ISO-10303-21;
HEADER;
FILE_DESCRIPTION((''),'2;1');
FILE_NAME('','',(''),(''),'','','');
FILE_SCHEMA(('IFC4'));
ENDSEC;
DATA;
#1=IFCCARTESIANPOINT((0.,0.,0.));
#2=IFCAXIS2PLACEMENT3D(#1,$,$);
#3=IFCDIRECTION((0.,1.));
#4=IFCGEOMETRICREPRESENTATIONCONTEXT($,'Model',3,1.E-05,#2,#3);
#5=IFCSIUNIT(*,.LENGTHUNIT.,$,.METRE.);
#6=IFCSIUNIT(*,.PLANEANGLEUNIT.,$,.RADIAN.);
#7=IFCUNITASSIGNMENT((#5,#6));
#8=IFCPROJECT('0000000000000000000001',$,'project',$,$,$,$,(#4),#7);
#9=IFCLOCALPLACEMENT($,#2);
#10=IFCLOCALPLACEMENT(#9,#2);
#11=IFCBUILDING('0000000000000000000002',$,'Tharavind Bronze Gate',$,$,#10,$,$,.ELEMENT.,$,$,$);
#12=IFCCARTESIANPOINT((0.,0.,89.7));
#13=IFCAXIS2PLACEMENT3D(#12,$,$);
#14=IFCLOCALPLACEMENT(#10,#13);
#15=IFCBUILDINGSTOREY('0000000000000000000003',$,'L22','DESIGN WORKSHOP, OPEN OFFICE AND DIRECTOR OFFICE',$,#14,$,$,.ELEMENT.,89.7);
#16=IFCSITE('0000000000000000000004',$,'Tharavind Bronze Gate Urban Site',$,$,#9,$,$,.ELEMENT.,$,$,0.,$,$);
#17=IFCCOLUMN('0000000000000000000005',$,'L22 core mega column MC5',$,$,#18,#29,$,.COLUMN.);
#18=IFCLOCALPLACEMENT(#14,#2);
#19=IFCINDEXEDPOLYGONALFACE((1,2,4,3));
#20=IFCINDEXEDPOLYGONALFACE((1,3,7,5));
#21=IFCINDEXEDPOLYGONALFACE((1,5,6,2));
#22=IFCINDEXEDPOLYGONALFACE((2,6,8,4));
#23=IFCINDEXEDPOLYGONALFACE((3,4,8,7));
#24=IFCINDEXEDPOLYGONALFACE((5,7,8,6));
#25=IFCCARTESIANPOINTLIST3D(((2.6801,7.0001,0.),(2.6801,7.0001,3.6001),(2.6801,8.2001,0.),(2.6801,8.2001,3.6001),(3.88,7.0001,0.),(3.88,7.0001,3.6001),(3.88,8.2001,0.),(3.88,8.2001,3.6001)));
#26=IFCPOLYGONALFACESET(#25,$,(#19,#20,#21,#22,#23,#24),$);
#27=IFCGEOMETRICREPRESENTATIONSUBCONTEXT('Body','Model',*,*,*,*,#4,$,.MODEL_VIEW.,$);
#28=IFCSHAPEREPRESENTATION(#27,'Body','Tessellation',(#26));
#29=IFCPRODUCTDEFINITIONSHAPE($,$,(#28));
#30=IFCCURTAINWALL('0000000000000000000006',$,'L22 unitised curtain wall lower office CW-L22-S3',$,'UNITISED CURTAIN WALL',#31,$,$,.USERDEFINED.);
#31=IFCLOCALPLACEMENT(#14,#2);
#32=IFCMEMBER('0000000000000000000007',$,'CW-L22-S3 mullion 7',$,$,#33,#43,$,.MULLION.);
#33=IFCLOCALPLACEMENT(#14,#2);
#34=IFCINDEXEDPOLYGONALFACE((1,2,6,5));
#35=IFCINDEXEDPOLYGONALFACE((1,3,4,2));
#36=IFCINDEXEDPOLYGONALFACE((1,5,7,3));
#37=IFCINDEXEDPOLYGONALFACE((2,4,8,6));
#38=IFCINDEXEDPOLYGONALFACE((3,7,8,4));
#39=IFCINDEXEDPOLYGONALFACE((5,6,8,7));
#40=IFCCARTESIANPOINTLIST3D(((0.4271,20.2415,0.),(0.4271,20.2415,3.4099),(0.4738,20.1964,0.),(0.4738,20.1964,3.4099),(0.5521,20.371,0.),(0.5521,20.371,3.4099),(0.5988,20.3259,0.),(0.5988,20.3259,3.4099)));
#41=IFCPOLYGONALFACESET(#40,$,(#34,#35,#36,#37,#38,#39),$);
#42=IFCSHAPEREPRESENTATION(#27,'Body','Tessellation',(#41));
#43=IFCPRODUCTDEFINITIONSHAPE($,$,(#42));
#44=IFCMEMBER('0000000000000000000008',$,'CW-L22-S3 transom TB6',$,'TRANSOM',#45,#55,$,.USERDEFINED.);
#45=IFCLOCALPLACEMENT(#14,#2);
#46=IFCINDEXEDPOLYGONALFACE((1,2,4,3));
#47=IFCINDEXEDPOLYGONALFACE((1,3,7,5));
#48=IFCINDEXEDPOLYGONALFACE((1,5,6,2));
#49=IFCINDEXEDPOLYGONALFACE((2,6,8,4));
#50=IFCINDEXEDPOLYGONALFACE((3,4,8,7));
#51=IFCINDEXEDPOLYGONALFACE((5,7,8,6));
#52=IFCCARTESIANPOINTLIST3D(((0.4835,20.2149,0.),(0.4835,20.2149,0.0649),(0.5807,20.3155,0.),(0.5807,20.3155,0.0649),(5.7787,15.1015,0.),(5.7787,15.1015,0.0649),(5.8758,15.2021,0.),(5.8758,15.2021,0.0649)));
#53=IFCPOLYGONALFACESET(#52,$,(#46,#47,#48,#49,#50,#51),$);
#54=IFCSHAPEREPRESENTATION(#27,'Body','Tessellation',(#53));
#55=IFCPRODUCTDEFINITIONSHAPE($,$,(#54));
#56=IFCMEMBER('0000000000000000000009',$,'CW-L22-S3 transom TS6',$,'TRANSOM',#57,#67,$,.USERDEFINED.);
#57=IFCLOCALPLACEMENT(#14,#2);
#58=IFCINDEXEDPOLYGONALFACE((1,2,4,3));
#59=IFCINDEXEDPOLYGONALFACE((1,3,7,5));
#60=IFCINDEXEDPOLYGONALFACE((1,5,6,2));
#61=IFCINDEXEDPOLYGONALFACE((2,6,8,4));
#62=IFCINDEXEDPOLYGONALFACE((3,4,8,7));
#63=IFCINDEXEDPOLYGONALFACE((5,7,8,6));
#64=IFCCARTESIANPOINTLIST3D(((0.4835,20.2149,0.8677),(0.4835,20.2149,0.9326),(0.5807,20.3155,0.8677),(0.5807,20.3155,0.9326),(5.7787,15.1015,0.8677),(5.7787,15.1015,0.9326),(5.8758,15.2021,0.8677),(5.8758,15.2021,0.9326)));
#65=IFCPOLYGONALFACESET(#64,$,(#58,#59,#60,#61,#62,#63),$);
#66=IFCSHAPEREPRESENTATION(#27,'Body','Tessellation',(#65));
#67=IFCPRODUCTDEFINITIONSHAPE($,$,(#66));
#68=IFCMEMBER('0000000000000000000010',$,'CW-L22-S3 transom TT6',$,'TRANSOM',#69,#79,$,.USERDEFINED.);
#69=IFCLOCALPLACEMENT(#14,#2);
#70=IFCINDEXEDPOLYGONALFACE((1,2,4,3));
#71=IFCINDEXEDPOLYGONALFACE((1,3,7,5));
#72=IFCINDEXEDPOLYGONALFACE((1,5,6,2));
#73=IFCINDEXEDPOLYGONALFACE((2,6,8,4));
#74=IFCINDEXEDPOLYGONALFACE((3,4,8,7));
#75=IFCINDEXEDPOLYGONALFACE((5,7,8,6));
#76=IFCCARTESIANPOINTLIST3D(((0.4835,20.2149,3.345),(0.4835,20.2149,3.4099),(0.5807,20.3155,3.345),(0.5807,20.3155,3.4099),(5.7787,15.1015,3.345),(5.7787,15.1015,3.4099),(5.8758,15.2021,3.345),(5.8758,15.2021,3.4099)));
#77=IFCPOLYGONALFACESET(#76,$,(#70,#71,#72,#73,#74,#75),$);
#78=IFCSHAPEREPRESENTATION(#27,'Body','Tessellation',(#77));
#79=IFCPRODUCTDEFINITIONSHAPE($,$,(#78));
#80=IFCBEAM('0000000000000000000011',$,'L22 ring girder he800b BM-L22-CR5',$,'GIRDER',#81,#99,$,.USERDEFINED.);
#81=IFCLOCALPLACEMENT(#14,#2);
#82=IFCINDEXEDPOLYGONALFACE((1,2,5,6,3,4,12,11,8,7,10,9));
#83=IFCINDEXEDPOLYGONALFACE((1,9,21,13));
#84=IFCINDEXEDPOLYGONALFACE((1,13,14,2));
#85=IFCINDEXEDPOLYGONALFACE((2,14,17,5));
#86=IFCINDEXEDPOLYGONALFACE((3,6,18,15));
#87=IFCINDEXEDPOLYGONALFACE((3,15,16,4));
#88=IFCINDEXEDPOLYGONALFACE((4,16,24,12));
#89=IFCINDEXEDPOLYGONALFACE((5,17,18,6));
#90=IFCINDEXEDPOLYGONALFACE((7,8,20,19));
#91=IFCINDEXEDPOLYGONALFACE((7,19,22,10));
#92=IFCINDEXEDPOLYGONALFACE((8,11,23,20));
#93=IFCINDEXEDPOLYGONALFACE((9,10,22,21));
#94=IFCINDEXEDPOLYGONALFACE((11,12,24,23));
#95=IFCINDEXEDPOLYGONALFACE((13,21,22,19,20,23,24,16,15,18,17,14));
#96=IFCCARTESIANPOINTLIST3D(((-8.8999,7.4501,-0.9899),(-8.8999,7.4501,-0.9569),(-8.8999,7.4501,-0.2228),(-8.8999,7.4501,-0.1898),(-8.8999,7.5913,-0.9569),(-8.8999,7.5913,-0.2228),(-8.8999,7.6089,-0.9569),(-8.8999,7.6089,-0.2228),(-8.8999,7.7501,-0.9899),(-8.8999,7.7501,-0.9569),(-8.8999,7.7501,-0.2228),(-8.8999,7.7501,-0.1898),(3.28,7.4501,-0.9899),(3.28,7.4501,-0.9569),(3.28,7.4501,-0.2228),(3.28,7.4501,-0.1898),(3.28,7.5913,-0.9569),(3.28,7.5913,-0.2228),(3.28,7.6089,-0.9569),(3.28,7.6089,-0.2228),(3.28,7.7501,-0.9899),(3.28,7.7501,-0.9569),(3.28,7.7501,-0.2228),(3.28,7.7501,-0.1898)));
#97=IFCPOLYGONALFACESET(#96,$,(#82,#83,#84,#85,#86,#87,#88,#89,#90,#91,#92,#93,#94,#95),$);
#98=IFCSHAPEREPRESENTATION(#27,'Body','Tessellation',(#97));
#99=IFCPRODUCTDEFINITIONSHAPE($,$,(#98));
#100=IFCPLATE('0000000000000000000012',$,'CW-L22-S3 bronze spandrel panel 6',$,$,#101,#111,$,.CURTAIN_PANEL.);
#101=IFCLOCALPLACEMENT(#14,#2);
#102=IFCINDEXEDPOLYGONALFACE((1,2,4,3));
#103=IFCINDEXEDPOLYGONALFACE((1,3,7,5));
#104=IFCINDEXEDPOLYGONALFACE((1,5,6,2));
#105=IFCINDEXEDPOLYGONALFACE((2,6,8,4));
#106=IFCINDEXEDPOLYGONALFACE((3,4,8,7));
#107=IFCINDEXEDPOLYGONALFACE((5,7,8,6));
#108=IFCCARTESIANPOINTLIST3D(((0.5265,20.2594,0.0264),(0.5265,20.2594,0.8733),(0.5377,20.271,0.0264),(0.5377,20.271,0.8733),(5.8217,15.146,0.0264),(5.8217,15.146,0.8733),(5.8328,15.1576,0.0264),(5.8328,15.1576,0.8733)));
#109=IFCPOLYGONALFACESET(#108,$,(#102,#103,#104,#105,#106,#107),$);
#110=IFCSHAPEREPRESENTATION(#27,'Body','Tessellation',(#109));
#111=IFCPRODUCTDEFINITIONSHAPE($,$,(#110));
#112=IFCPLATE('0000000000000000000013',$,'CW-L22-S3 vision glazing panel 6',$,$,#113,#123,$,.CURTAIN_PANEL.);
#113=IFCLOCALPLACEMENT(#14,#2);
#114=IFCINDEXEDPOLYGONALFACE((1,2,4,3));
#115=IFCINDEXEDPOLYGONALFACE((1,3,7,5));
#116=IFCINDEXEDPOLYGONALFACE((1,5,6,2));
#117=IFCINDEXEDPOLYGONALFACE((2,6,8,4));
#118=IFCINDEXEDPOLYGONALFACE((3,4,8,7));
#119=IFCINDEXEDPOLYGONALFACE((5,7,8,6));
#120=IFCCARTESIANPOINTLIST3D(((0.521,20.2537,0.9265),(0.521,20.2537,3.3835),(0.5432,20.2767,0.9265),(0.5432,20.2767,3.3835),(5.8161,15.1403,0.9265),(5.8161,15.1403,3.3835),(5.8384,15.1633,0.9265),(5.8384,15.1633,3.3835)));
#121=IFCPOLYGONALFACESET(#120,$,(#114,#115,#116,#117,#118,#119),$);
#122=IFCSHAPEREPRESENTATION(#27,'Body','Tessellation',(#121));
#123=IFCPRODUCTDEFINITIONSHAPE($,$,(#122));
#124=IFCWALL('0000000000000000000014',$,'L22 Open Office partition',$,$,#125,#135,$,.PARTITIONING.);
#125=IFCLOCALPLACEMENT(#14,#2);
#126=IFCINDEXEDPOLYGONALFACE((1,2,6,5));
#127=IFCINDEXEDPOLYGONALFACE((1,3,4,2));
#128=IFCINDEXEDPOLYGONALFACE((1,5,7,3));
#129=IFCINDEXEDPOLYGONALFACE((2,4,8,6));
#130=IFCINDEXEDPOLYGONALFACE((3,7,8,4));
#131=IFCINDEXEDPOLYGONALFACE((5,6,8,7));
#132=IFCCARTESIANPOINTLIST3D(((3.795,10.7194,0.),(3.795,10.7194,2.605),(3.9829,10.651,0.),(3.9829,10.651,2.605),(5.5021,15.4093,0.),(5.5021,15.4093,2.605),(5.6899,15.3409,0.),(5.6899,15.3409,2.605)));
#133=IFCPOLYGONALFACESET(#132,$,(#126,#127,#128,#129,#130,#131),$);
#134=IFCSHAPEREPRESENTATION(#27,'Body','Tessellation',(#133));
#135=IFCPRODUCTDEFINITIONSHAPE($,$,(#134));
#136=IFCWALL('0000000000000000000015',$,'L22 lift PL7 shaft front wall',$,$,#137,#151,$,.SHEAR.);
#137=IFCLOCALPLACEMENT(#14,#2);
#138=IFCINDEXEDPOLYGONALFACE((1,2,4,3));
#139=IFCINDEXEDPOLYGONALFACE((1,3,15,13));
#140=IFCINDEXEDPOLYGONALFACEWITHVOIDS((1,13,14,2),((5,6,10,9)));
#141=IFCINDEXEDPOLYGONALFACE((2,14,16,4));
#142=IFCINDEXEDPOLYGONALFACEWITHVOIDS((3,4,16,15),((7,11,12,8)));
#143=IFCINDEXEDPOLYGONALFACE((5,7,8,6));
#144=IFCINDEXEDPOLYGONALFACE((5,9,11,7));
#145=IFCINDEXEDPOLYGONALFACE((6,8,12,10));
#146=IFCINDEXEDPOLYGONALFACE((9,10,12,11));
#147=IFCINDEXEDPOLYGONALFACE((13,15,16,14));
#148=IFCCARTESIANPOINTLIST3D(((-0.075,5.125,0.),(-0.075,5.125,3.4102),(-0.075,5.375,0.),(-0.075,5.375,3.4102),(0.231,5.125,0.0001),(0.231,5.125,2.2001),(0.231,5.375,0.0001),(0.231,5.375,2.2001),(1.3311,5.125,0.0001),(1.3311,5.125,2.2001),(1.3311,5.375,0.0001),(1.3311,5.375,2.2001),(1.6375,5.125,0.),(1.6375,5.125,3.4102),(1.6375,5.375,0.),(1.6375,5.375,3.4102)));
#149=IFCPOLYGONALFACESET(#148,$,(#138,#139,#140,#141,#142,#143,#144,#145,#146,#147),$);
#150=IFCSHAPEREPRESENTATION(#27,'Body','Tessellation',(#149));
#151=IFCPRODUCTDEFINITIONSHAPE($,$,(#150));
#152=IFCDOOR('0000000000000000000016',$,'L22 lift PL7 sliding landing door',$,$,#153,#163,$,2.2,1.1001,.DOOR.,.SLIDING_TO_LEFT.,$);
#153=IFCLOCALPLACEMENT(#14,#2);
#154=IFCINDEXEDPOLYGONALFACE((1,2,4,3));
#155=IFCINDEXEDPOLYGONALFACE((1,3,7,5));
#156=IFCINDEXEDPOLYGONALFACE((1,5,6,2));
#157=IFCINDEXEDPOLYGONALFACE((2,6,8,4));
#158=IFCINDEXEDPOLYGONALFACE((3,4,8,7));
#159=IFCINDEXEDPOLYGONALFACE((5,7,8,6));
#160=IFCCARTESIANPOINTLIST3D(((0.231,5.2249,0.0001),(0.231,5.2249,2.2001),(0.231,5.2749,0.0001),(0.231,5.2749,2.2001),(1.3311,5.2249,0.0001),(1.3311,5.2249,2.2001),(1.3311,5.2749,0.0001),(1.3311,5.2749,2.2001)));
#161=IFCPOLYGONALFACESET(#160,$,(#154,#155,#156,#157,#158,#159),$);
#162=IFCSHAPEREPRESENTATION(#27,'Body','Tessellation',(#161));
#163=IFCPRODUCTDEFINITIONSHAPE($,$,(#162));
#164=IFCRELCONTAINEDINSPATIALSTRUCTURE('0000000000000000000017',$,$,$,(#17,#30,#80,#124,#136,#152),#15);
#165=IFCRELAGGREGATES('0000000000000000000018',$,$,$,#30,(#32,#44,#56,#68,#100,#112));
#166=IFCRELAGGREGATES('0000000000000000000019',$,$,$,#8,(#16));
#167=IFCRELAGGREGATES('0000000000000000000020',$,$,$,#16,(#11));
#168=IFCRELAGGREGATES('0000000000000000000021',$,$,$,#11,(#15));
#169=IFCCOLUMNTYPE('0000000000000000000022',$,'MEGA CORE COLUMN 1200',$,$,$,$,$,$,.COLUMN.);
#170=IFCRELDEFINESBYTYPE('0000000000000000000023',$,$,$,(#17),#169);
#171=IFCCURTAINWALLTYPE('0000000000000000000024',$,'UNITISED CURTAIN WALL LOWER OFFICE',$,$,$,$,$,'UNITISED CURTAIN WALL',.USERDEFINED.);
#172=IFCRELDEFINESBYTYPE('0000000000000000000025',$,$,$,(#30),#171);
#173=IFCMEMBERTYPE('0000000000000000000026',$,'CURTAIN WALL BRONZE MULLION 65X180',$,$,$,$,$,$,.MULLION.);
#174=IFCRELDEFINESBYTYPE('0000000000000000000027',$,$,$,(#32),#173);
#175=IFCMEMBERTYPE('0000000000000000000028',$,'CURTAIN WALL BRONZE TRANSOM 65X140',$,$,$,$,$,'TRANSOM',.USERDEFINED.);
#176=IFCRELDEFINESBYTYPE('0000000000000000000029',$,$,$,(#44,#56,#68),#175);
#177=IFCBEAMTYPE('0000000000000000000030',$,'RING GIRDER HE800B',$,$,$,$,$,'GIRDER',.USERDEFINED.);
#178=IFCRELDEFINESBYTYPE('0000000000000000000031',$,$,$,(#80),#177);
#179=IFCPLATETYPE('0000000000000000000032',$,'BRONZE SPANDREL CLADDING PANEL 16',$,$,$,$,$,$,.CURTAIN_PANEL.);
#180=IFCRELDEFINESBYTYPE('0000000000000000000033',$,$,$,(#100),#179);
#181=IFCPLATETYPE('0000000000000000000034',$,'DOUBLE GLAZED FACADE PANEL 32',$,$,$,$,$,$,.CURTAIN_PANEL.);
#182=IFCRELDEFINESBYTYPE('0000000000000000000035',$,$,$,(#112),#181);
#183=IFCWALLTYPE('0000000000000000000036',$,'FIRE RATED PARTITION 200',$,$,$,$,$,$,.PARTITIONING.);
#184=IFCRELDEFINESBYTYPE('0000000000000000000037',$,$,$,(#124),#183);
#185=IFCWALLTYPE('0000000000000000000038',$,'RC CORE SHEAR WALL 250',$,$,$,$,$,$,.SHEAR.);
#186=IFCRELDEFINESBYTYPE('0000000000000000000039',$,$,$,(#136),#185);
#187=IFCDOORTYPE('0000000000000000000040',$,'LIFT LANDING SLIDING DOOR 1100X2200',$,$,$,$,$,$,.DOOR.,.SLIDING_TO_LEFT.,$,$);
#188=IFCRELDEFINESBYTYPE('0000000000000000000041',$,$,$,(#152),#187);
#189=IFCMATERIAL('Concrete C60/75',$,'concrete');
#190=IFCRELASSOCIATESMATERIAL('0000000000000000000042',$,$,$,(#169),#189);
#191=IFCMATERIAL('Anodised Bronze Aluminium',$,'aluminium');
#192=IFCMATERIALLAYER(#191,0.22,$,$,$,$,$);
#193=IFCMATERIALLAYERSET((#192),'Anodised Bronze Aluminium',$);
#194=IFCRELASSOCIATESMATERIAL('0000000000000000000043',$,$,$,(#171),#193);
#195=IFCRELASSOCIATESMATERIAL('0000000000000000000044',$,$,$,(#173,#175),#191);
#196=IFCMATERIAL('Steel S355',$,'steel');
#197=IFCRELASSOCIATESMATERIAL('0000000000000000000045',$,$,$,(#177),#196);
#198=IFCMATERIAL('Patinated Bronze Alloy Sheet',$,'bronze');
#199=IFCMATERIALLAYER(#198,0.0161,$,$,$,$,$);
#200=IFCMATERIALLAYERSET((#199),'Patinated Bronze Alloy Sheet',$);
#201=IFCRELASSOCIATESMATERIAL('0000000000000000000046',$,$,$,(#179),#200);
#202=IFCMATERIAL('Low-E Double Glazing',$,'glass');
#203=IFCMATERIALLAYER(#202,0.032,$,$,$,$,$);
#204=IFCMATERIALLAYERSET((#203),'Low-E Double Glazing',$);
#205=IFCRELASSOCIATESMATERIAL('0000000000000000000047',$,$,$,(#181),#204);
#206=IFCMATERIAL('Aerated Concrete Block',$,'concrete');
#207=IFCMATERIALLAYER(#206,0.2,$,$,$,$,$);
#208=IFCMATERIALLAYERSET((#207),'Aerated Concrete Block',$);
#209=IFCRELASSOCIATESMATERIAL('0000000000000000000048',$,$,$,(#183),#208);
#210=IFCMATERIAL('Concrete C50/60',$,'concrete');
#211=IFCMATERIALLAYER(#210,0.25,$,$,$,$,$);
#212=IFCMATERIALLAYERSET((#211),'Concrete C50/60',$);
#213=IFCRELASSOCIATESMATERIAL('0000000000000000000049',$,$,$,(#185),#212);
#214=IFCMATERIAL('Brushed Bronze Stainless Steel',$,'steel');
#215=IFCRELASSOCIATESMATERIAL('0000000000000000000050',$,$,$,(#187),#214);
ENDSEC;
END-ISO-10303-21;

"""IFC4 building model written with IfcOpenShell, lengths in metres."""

from ifc_helpers import new_model, si_unit, direction, frame, frame_2d, origin, origin_2d, place, context, subcontext, project, spatial, rectangle, i_section, extrude, material, layer, layer_set, material_profile, profile_set, type_object, element, fill, aggregate, save


model = new_model("IFC4")

# Units and contexts
model_context = context("Model", 3, precision=1e-05, world=origin(), true_north=direction((0.0, 1.0)))
body_context = subcontext(model_context, "Body", "Model", "MODEL_VIEW")
ifc_project = project(units=[si_unit("LENGTHUNIT", "METRE"), si_unit("PLANEANGLEUNIT", "RADIAN")], contexts=[model_context])

# Site, building, storey
site_placement = place(None, origin())
site = spatial("IfcSite", under=ifc_project, at=site_placement, Name="Tharavind Bronze Gate Urban Site", CompositionType="ELEMENT", RefElevation=0.0)
building_placement = place(site_placement, origin())
building = spatial("IfcBuilding", under=site, at=building_placement, Name="Tharavind Bronze Gate", CompositionType="ELEMENT")
storey_placement = place(building_placement, frame((0.0, 0.0, 89.7)))
storey = spatial("IfcBuildingStorey", under=building, at=storey_placement, Name="L22", Description="DESIGN WORKSHOP, OPEN OFFICE AND DIRECTOR OFFICE", CompositionType="ELEMENT", Elevation=89.7)

# Column
ifc_material_1 = material(Name="Concrete C60/75", Category="concrete")
ifc_material_profile_1 = material_profile(ifc_material_1, rectangle(XDim=1.2, YDim=1.2, at=origin_2d()), Name="RCCOL1200")
ifc_profile_set_1 = profile_set([ifc_material_profile_1], Name="Concrete C60/75")
column_type = type_object("IfcColumnType", Name="MEGA CORE COLUMN 1200", PredefinedType="COLUMN", material=ifc_profile_set_1)
column_placement = place(storey_placement, frame((3.28, 7.6001, 0.0), z_axis=(0.0, 0.0, 1.0), x_axis=(1.0, 0.0, 0.0)))
element("IfcColumn", 1, at=column_placement, inside=storey, type_object=column_type, Name="L22 core mega column MC5", PredefinedType="COLUMN", context=body_context, shape_type="SweptSolid", body=[
    extrude(rectangle(XDim=1.2, YDim=1.2, at=origin_2d()), origin(), (0.0, 0.0, 1.0), 3.6001),
])

# Curtain wall, members
ifc_material_2 = material(Name="Anodised Bronze Aluminium", Category="aluminium")
ifc_layer_1 = layer(ifc_material_2, 0.22)
ifc_layer_set_1 = layer_set([ifc_layer_1], Name="Anodised Bronze Aluminium")
curtain_wall_type = type_object("IfcCurtainWallType", Name="UNITISED CURTAIN WALL LOWER OFFICE", ElementType="UNITISED CURTAIN WALL", PredefinedType="USERDEFINED", material=ifc_layer_set_1)
curtain_wall_placement = place(storey_placement, origin())
curtain_wall = element("IfcCurtainWall", 2, at=curtain_wall_placement, inside=storey, type_object=curtain_wall_type, Name="L22 unitised curtain wall lower office CW-L22-S3", ObjectType="UNITISED CURTAIN WALL", PredefinedType="USERDEFINED")
member_type_1 = type_object("IfcMemberType", Name="CURTAIN WALL BRONZE MULLION 65X180", PredefinedType="MULLION", material=ifc_material_2)
member_1_placement = place(storey_placement, frame((0.5129, 20.2837, 0.0), z_axis=(0.0, 0.0, 1.0), x_axis=(-0.719341, 0.694657, 0.0)))
member_1 = element("IfcMember", 3, at=member_1_placement, type_object=member_type_1, Name="CW-L22-S3 mullion 7", PredefinedType="MULLION", context=body_context, shape_type="SweptSolid", body=[
    extrude(rectangle(XDim=0.0649, YDim=0.1799, at=origin_2d()), origin(), (0.0, 0.0, 1.0), 3.4099),
])
member_type_2 = type_object("IfcMemberType", Name="CURTAIN WALL BRONZE TRANSOM 65X140", ElementType="TRANSOM", PredefinedType="USERDEFINED", material=ifc_material_2)
member_2_placement = place(storey_placement, frame((3.1797, 17.7085, 0.0), z_axis=(0.0, 0.0, 1.0), x_axis=(-0.719341, 0.694657, 0.0)))
member_2 = element("IfcMember", 4, at=member_2_placement, type_object=member_type_2, Name="CW-L22-S3 transom TB6", ObjectType="TRANSOM", PredefinedType="USERDEFINED", context=body_context, shape_type="SweptSolid", body=[
    extrude(rectangle(XDim=7.3611, YDim=0.1399, at=origin_2d()), origin(), (0.0, 0.0, 1.0), 0.0649),
])
member_3_placement = place(storey_placement, frame((3.1797, 17.7085, 0.8677), z_axis=(0.0, 0.0, 1.0), x_axis=(-0.719341, 0.694657, 0.0)))
member_3 = element("IfcMember", 5, at=member_3_placement, type_object=member_type_2, Name="CW-L22-S3 transom TS6", ObjectType="TRANSOM", PredefinedType="USERDEFINED", context=body_context, shape_type="SweptSolid", body=[
    extrude(rectangle(XDim=7.3611, YDim=0.1399, at=origin_2d()), origin(), (0.0, 0.0, 1.0), 0.0649),
])
member_4_placement = place(storey_placement, frame((3.1797, 17.7085, 3.345), z_axis=(0.0, 0.0, 1.0), x_axis=(-0.719341, 0.694657, 0.0)))
member_4 = element("IfcMember", 6, at=member_4_placement, type_object=member_type_2, Name="CW-L22-S3 transom TT6", ObjectType="TRANSOM", PredefinedType="USERDEFINED", context=body_context, shape_type="SweptSolid", body=[
    extrude(rectangle(XDim=7.3611, YDim=0.1399, at=origin_2d()), origin(), (0.0, 0.0, 1.0), 0.0649),
])

# Beam
ifc_material_3 = material(Name="Steel S355", Category="steel")
ifc_material_profile_2 = material_profile(ifc_material_3, i_section(OverallWidth=0.3, OverallDepth=0.8, WebThickness=0.0176, FlangeThickness=0.033, at=origin_2d()), Name="HE800B")
ifc_profile_set_2 = profile_set([ifc_material_profile_2], Name="Steel S355")
beam_type = type_object("IfcBeamType", Name="RING GIRDER HE800B", ElementType="GIRDER", PredefinedType="USERDEFINED", material=ifc_profile_set_2)
beam_placement = place(storey_placement, frame((3.28, 7.6001, -0.5898), z_axis=(-1.0, 0.0, 0.0), x_axis=(0.0, -1.0, 0.0)))
element("IfcBeam", 7, at=beam_placement, inside=storey, type_object=beam_type, Name="L22 ring girder he800b BM-L22-CR5", ObjectType="GIRDER", PredefinedType="USERDEFINED", context=body_context, shape_type="SweptSolid", body=[
    extrude(i_section(OverallWidth=0.3, OverallDepth=0.8, WebThickness=0.0176, FlangeThickness=0.033, at=origin_2d()), origin(), (0.0, 0.0, 1.0), 12.1799),
])

# Plates
ifc_material_4 = material(Name="Patinated Bronze Alloy Sheet", Category="bronze")
ifc_layer_2 = layer(ifc_material_4, 0.0161)
ifc_layer_set_2 = layer_set([ifc_layer_2], Name="Patinated Bronze Alloy Sheet")
plate_type_1 = type_object("IfcPlateType", Name="BRONZE SPANDREL CLADDING PANEL 16", PredefinedType="CURTAIN_PANEL", material=ifc_layer_set_2)
plate_1_placement = place(storey_placement, frame((3.1797, 17.7085, 0.0264), z_axis=(0.0, 0.0, 1.0), x_axis=(-0.719341, 0.694657, 0.0)))
plate_1 = element("IfcPlate", 8, at=plate_1_placement, type_object=plate_type_1, Name="CW-L22-S3 bronze spandrel panel 6", PredefinedType="CURTAIN_PANEL", context=body_context, shape_type="SweptSolid", body=[
    extrude(rectangle(XDim=7.3611, YDim=0.0161, at=origin_2d()), origin(), (0.0, 0.0, 1.0), 0.8469),
])
ifc_material_5 = material(Name="Low-E Double Glazing", Category="glass")
ifc_layer_3 = layer(ifc_material_5, 0.032)
ifc_layer_set_3 = layer_set([ifc_layer_3], Name="Low-E Double Glazing")
plate_type_2 = type_object("IfcPlateType", Name="DOUBLE GLAZED FACADE PANEL 32", PredefinedType="CURTAIN_PANEL", material=ifc_layer_set_3)
plate_2_placement = place(storey_placement, frame((3.1797, 17.7085, 0.9265), z_axis=(0.0, 0.0, 1.0), x_axis=(-0.719341, 0.694657, 0.0)))
plate_2 = element("IfcPlate", 9, at=plate_2_placement, type_object=plate_type_2, Name="CW-L22-S3 vision glazing panel 6", PredefinedType="CURTAIN_PANEL", context=body_context, shape_type="SweptSolid", body=[
    extrude(rectangle(XDim=7.3611, YDim=0.032, at=origin_2d()), origin(), (0.0, 0.0, 1.0), 2.457),
])
aggregate(curtain_wall, [member_1, member_2, member_3, member_4, plate_1, plate_2])

# Wall
ifc_material_6 = material(Name="Aerated Concrete Block", Category="concrete")
ifc_layer_4 = layer(ifc_material_6, 0.2)
ifc_layer_set_4 = layer_set([ifc_layer_4], Name="Aerated Concrete Block")
wall_type_1 = type_object("IfcWallType", Name="FIRE RATED PARTITION 200", PredefinedType="PARTITIONING", material=ifc_layer_set_4)
wall_1_placement = place(storey_placement, frame((3.8889, 10.6851, 0.0), z_axis=(0.0, 0.0, 1.0), x_axis=(0.342026, 0.939691, 0.0)))
element("IfcWall", 10, at=wall_1_placement, inside=storey, type_object=wall_type_1, Name="L22 Open Office partition", PredefinedType="PARTITIONING", context=body_context, shape_type="SweptSolid", body=[
    extrude(rectangle(XDim=4.991, YDim=0.2, at=frame_2d((2.4956, 0.0))), origin(), (0.0, 0.0, 1.0), 2.605),
])

# Wall, opening, door
ifc_material_7 = material(Name="Concrete C50/60", Category="concrete")
ifc_layer_5 = layer(ifc_material_7, 0.25)
ifc_layer_set_5 = layer_set([ifc_layer_5], Name="Concrete C50/60")
wall_type_2 = type_object("IfcWallType", Name="RC CORE SHEAR WALL 250", PredefinedType="SHEAR", material=ifc_layer_set_5)
wall_2_placement = place(storey_placement, frame((-0.075, 5.25, 0.0), z_axis=(0.0, 0.0, 1.0), x_axis=(1.0, 0.0, 0.0)))
wall_2 = element("IfcWall", 11, at=wall_2_placement, inside=storey, type_object=wall_type_2, Name="L22 lift PL7 shaft front wall", PredefinedType="SHEAR", context=body_context, shape_type="SweptSolid", body=[
    extrude(rectangle(XDim=1.7124, YDim=0.25, at=frame_2d((0.8562, 0.0))), origin(), (0.0, 0.0, 1.0), 3.4102),
])
opening_1_placement = place(wall_2_placement, frame((0.3059, 0.0, 0.0)))
opening_1 = element("IfcOpeningElement", 12, at=opening_1_placement, cuts=wall_2, PredefinedType="OPENING", context=body_context, shape_type="SweptSolid", body=[
    extrude(rectangle(XDim=1.1001, YDim=2.2, at=frame_2d((0.55, 1.1001))), frame((0.0, 0.135, 0.0), z_axis=(0.0, -1.0, 0.0), x_axis=(1.0, 0.0, 0.0)), (0.0, 0.0, 1.0), 0.27),
])
ifc_material_8 = material(Name="Brushed Bronze Stainless Steel", Category="steel")
door_type_1 = type_object("IfcDoorType", Name="LIFT LANDING SLIDING DOOR 1100X2200", OperationType="SLIDING_TO_LEFT", PredefinedType="DOOR", material=ifc_material_8)
door_1_placement = place(opening_1_placement, origin())
door_1 = element("IfcDoor", 13, at=door_1_placement, inside=storey, type_object=door_type_1, Name="L22 lift PL7 sliding landing door", OperationType="SLIDING_TO_LEFT", OverallHeight=2.2, OverallWidth=1.1001, PredefinedType="DOOR", context=body_context, shape_type="SweptSolid", body=[
    extrude(rectangle(XDim=1.1001, YDim=2.2, at=frame_2d((0.55, 1.1001))), frame((0.0, 0.0249, 0.0), z_axis=(0.0, -1.0, 0.0), x_axis=(1.0, 0.0, 0.0)), (0.0, 0.0, 1.0), 0.05),
])
fill(opening_1, door_1)

save(model, "model.ifc")
